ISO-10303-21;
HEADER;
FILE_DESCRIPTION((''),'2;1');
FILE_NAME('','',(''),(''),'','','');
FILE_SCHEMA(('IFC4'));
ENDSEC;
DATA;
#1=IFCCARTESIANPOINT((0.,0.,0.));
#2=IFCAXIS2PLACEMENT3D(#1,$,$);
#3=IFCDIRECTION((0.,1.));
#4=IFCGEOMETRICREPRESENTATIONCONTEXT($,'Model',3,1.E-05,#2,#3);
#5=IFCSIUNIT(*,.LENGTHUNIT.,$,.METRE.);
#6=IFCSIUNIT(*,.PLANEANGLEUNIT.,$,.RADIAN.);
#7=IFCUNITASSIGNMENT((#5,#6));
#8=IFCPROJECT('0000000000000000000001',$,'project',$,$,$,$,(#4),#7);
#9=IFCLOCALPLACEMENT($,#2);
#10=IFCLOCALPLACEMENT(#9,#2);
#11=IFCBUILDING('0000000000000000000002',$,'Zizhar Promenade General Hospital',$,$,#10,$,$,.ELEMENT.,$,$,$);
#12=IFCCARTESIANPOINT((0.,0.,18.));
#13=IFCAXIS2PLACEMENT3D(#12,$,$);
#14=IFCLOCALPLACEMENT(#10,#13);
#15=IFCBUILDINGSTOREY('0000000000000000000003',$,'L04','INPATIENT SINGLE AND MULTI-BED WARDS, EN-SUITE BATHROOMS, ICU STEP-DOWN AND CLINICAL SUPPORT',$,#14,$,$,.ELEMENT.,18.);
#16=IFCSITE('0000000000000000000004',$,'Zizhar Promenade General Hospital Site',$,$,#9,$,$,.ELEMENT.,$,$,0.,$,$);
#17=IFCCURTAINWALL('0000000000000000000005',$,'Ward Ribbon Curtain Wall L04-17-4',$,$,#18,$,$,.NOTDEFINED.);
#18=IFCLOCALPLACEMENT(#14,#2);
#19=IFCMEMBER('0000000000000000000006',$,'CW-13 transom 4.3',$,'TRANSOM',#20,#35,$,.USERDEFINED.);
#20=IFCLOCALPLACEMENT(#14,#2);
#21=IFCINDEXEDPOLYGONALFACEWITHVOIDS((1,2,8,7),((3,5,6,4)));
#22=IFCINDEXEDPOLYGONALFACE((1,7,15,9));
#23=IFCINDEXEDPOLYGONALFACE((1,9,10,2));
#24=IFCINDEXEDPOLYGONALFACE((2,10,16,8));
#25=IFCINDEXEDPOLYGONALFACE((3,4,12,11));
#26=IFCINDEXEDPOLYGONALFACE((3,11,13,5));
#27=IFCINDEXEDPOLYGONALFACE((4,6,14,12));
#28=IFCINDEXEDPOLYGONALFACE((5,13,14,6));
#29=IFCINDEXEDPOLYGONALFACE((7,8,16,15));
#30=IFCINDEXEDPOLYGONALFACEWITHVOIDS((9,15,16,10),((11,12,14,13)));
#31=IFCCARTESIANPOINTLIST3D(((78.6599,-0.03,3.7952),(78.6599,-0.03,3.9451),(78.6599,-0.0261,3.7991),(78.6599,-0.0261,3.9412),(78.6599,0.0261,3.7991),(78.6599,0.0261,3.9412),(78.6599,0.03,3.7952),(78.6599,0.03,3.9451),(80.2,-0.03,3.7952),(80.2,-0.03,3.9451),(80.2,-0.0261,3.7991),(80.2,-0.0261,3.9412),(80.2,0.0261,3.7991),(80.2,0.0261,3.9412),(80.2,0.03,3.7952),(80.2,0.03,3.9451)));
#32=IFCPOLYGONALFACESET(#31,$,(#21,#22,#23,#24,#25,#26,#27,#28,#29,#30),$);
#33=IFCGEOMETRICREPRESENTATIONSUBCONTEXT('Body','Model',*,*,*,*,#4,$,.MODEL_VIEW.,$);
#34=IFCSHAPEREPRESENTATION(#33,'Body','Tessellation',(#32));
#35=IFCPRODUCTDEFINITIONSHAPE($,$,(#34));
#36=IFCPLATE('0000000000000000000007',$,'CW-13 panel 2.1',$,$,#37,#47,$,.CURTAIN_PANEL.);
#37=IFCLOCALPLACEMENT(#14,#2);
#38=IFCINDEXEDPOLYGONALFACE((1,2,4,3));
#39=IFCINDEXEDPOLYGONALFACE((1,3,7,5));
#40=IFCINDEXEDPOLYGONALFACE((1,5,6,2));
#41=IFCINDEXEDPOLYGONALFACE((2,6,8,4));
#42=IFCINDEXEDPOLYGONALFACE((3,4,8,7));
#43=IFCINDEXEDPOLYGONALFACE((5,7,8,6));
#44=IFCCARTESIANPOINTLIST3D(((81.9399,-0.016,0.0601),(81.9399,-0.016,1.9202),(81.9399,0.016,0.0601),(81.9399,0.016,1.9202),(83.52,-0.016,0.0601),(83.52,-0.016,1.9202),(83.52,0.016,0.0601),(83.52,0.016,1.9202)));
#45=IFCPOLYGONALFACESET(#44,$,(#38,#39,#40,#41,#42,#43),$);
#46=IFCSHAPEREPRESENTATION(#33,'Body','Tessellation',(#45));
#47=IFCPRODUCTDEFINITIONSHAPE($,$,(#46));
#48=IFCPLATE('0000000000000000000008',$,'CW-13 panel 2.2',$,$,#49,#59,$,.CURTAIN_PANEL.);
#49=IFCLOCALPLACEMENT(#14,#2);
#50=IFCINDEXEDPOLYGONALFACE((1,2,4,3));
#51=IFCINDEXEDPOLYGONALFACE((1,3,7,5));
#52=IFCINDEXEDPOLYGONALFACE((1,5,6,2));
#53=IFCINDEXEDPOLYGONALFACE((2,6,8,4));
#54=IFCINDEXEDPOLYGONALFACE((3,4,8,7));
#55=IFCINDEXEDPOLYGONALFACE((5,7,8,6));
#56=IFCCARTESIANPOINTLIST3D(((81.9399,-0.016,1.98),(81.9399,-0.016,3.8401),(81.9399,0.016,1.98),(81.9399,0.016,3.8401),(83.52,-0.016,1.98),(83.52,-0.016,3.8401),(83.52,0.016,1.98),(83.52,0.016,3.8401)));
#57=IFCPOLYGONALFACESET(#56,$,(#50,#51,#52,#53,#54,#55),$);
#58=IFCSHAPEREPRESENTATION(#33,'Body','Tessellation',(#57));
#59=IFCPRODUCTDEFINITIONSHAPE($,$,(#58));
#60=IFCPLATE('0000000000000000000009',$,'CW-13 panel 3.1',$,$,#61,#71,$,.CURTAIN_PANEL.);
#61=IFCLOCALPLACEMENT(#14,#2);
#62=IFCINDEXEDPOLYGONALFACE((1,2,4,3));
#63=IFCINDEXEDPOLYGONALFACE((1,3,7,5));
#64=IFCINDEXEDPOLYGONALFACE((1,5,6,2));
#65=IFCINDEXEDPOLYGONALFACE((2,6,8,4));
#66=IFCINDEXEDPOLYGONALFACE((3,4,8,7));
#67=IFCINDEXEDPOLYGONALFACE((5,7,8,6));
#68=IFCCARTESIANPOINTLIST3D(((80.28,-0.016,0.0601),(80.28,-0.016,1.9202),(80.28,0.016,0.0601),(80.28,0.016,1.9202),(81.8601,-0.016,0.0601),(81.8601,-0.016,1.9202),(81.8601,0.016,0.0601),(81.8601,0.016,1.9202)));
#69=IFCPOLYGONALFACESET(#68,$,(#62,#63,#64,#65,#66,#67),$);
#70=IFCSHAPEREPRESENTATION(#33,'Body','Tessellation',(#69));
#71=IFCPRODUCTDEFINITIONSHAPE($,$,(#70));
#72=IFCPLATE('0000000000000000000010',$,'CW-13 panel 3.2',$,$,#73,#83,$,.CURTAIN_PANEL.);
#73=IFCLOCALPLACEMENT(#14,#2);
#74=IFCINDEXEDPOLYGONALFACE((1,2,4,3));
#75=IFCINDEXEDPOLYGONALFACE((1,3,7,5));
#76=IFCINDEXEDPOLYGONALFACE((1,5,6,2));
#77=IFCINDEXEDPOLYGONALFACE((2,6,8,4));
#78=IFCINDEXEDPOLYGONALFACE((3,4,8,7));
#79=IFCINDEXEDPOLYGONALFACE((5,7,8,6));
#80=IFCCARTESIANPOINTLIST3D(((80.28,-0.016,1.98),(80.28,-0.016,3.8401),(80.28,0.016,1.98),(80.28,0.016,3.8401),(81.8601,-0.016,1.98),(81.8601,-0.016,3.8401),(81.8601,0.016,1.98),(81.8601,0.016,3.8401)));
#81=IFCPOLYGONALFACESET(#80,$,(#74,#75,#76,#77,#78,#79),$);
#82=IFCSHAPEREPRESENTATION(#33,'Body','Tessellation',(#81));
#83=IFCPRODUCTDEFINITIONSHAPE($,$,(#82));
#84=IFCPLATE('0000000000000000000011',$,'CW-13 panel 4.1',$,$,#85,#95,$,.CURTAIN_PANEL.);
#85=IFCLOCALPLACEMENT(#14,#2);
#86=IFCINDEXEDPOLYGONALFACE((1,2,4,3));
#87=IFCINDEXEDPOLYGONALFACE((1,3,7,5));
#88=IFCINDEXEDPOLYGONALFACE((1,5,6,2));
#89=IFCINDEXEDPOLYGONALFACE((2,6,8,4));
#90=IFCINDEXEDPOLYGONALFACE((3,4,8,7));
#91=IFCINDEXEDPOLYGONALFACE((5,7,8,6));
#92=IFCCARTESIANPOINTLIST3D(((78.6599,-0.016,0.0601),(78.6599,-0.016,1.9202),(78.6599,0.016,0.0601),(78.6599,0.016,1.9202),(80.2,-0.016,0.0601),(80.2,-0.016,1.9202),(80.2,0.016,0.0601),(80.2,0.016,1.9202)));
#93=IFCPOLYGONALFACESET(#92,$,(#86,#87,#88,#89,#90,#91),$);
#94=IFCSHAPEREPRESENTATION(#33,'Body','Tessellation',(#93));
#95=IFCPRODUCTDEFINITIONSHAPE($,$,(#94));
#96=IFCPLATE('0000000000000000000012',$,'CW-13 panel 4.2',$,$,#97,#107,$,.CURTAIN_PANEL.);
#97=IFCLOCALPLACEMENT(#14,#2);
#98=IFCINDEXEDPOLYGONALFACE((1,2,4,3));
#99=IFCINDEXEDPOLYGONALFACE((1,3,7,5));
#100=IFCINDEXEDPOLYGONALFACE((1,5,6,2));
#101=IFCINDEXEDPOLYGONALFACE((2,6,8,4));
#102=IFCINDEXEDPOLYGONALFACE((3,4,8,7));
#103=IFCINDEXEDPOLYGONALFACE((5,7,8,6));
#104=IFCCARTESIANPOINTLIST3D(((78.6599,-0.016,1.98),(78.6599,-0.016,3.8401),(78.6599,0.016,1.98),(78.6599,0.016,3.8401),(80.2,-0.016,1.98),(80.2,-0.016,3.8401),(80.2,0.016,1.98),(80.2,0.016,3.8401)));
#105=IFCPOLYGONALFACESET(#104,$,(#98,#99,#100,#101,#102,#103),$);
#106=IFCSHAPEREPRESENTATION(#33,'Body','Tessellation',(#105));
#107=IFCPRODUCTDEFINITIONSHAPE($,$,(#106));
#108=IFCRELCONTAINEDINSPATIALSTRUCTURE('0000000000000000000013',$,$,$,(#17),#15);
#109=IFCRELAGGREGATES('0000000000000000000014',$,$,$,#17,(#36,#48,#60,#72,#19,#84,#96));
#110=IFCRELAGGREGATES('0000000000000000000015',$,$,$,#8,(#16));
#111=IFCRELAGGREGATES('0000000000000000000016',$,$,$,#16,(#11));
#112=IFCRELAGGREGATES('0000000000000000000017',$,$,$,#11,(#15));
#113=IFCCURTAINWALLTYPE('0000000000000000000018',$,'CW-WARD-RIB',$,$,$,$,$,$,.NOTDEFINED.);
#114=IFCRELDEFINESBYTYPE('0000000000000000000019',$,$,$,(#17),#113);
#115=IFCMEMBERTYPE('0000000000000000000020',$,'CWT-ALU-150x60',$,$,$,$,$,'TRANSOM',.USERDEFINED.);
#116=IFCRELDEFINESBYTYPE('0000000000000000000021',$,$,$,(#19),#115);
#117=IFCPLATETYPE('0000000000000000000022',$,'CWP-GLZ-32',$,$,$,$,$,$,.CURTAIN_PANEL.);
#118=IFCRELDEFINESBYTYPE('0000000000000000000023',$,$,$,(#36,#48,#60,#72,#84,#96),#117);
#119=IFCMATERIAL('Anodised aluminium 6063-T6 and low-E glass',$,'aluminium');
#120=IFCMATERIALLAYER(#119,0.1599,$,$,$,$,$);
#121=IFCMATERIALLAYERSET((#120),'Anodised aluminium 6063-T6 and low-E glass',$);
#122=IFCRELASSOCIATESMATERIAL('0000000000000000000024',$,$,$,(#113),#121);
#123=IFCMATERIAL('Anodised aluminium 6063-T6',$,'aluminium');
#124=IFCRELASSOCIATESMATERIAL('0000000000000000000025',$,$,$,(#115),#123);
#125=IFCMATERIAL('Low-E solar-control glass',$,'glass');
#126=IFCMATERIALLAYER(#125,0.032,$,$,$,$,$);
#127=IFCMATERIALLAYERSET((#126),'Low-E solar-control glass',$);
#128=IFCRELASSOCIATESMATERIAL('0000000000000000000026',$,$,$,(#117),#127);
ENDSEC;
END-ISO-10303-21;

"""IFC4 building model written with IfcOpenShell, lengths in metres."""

from ifc_helpers import new_model, si_unit, direction, frame, origin, origin_2d, place, context, subcontext, project, spatial, rectangle, hollow_rectangle, extrude, material, layer, layer_set, material_profile, profile_set, type_object, element, aggregate, save


model = new_model("IFC4")

# Units and contexts
model_context = context("Model", 3, precision=1e-05, world=origin(), true_north=direction((0.0, 1.0)))
body_context = subcontext(model_context, "Body", "Model", "MODEL_VIEW")
ifc_project = project(units=[si_unit("LENGTHUNIT", "METRE"), si_unit("PLANEANGLEUNIT", "RADIAN")], contexts=[model_context])

# Site, building, storey
site_placement = place(None, origin())
site = spatial("IfcSite", under=ifc_project, at=site_placement, Name="Zizhar Promenade General Hospital Site", CompositionType="ELEMENT", RefElevation=0.0)
building_placement = place(site_placement, origin())
building = spatial("IfcBuilding", under=site, at=building_placement, Name="Zizhar Promenade General Hospital", CompositionType="ELEMENT")
storey_placement = place(building_placement, frame((0.0, 0.0, 18.0)))
storey = spatial("IfcBuildingStorey", under=building, at=storey_placement, Name="L04", Description="INPATIENT SINGLE AND MULTI-BED WARDS, EN-SUITE BATHROOMS, ICU STEP-DOWN AND CLINICAL SUPPORT", CompositionType="ELEMENT", Elevation=18.0)

# Curtain wall, member, plates
ifc_material_1 = material(Name="Anodised aluminium 6063-T6 and low-E glass", Category="aluminium")
ifc_layer_1 = layer(ifc_material_1, 0.1599)
ifc_layer_set_1 = layer_set([ifc_layer_1], Name="Anodised aluminium 6063-T6 and low-E glass")
curtain_wall_type = type_object("IfcCurtainWallType", Name="CW-WARD-RIB", PredefinedType="NOTDEFINED", material=ifc_layer_set_1)
curtain_wall_placement = place(storey_placement, origin())
curtain_wall = element("IfcCurtainWall", 1, at=curtain_wall_placement, inside=storey, type_object=curtain_wall_type, Name="Ward Ribbon Curtain Wall L04-17-4", PredefinedType="NOTDEFINED")
ifc_material_2 = material(Name="Anodised aluminium 6063-T6", Category="aluminium")
ifc_material_profile_1 = material_profile(ifc_material_2, hollow_rectangle(XDim=0.0601, YDim=0.1499, WallThickness=0.0039, at=origin_2d()))
ifc_profile_set_1 = profile_set([ifc_material_profile_1], Name="Anodised aluminium 6063-T6")
member_type_1 = type_object("IfcMemberType", Name="CWT-ALU-150x60", ElementType="TRANSOM", PredefinedType="USERDEFINED", material=ifc_profile_set_1)
member_1_placement = place(storey_placement, frame((80.2, 0.0, 3.8701), z_axis=(-1.0, 0.0, 0.0), x_axis=(0.0, -1.0, 0.0)))
member_1 = element("IfcMember", 2, at=member_1_placement, type_object=member_type_1, Name="CW-13 transom 4.3", ObjectType="TRANSOM", PredefinedType="USERDEFINED", context=body_context, shape_type="SweptSolid", body=[
    extrude(hollow_rectangle(XDim=0.0601, YDim=0.1499, WallThickness=0.0039, at=origin_2d()), origin(), (0.0, 0.0, 1.0), 1.54),
])
ifc_material_3 = material(Name="Low-E solar-control glass", Category="glass")
ifc_layer_2 = layer(ifc_material_3, 0.032)
ifc_layer_set_2 = layer_set([ifc_layer_2], Name="Low-E solar-control glass")
plate_type = type_object("IfcPlateType", Name="CWP-GLZ-32", PredefinedType="CURTAIN_PANEL", material=ifc_layer_set_2)
plate_1_placement = place(storey_placement, frame((82.73, 0.0, 0.0601), z_axis=(0.0, 0.0, 1.0), x_axis=(-1.0, 0.0, 0.0)))
plate_1 = element("IfcPlate", 3, at=plate_1_placement, type_object=plate_type, Name="CW-13 panel 2.1", PredefinedType="CURTAIN_PANEL", context=body_context, shape_type="SweptSolid", body=[
    extrude(rectangle(XDim=1.5801, YDim=0.032, at=origin_2d()), origin(), (0.0, 0.0, 1.0), 1.8601),
])
plate_2_placement = place(storey_placement, frame((82.73, 0.0, 1.98), z_axis=(0.0, 0.0, 1.0), x_axis=(-1.0, 0.0, 0.0)))
plate_2 = element("IfcPlate", 4, at=plate_2_placement, type_object=plate_type, Name="CW-13 panel 2.2", PredefinedType="CURTAIN_PANEL", context=body_context, shape_type="SweptSolid", body=[
    extrude(rectangle(XDim=1.5801, YDim=0.032, at=origin_2d()), origin(), (0.0, 0.0, 1.0), 1.8601),
])
plate_3_placement = place(storey_placement, frame((81.0701, 0.0, 0.0601), z_axis=(0.0, 0.0, 1.0), x_axis=(-1.0, 0.0, 0.0)))
plate_3 = element("IfcPlate", 5, at=plate_3_placement, type_object=plate_type, Name="CW-13 panel 3.1", PredefinedType="CURTAIN_PANEL", context=body_context, shape_type="SweptSolid", body=[
    extrude(rectangle(XDim=1.5801, YDim=0.032, at=origin_2d()), origin(), (0.0, 0.0, 1.0), 1.8601),
])
plate_4_placement = place(storey_placement, frame((81.0701, 0.0, 1.98), z_axis=(0.0, 0.0, 1.0), x_axis=(-1.0, 0.0, 0.0)))
plate_4 = element("IfcPlate", 6, at=plate_4_placement, type_object=plate_type, Name="CW-13 panel 3.2", PredefinedType="CURTAIN_PANEL", context=body_context, shape_type="SweptSolid", body=[
    extrude(rectangle(XDim=1.5801, YDim=0.032, at=origin_2d()), origin(), (0.0, 0.0, 1.0), 1.8601),
])
plate_5_placement = place(storey_placement, frame((79.4299, 0.0, 0.0601), z_axis=(0.0, 0.0, 1.0), x_axis=(-1.0, 0.0, 0.0)))
plate_5 = element("IfcPlate", 7, at=plate_5_placement, type_object=plate_type, Name="CW-13 panel 4.1", PredefinedType="CURTAIN_PANEL", context=body_context, shape_type="SweptSolid", body=[
    extrude(rectangle(XDim=1.54, YDim=0.032, at=origin_2d()), origin(), (0.0, 0.0, 1.0), 1.8601),
])
plate_6_placement = place(storey_placement, frame((79.4299, 0.0, 1.98), z_axis=(0.0, 0.0, 1.0), x_axis=(-1.0, 0.0, 0.0)))
plate_6 = element("IfcPlate", 8, at=plate_6_placement, type_object=plate_type, Name="CW-13 panel 4.2", PredefinedType="CURTAIN_PANEL", context=body_context, shape_type="SweptSolid", body=[
    extrude(rectangle(XDim=1.54, YDim=0.032, at=origin_2d()), origin(), (0.0, 0.0, 1.0), 1.8601),
])
aggregate(curtain_wall, [plate_1, plate_2, plate_3, plate_4, member_1, plate_5, plate_6])

save(model, "model.ifc")
